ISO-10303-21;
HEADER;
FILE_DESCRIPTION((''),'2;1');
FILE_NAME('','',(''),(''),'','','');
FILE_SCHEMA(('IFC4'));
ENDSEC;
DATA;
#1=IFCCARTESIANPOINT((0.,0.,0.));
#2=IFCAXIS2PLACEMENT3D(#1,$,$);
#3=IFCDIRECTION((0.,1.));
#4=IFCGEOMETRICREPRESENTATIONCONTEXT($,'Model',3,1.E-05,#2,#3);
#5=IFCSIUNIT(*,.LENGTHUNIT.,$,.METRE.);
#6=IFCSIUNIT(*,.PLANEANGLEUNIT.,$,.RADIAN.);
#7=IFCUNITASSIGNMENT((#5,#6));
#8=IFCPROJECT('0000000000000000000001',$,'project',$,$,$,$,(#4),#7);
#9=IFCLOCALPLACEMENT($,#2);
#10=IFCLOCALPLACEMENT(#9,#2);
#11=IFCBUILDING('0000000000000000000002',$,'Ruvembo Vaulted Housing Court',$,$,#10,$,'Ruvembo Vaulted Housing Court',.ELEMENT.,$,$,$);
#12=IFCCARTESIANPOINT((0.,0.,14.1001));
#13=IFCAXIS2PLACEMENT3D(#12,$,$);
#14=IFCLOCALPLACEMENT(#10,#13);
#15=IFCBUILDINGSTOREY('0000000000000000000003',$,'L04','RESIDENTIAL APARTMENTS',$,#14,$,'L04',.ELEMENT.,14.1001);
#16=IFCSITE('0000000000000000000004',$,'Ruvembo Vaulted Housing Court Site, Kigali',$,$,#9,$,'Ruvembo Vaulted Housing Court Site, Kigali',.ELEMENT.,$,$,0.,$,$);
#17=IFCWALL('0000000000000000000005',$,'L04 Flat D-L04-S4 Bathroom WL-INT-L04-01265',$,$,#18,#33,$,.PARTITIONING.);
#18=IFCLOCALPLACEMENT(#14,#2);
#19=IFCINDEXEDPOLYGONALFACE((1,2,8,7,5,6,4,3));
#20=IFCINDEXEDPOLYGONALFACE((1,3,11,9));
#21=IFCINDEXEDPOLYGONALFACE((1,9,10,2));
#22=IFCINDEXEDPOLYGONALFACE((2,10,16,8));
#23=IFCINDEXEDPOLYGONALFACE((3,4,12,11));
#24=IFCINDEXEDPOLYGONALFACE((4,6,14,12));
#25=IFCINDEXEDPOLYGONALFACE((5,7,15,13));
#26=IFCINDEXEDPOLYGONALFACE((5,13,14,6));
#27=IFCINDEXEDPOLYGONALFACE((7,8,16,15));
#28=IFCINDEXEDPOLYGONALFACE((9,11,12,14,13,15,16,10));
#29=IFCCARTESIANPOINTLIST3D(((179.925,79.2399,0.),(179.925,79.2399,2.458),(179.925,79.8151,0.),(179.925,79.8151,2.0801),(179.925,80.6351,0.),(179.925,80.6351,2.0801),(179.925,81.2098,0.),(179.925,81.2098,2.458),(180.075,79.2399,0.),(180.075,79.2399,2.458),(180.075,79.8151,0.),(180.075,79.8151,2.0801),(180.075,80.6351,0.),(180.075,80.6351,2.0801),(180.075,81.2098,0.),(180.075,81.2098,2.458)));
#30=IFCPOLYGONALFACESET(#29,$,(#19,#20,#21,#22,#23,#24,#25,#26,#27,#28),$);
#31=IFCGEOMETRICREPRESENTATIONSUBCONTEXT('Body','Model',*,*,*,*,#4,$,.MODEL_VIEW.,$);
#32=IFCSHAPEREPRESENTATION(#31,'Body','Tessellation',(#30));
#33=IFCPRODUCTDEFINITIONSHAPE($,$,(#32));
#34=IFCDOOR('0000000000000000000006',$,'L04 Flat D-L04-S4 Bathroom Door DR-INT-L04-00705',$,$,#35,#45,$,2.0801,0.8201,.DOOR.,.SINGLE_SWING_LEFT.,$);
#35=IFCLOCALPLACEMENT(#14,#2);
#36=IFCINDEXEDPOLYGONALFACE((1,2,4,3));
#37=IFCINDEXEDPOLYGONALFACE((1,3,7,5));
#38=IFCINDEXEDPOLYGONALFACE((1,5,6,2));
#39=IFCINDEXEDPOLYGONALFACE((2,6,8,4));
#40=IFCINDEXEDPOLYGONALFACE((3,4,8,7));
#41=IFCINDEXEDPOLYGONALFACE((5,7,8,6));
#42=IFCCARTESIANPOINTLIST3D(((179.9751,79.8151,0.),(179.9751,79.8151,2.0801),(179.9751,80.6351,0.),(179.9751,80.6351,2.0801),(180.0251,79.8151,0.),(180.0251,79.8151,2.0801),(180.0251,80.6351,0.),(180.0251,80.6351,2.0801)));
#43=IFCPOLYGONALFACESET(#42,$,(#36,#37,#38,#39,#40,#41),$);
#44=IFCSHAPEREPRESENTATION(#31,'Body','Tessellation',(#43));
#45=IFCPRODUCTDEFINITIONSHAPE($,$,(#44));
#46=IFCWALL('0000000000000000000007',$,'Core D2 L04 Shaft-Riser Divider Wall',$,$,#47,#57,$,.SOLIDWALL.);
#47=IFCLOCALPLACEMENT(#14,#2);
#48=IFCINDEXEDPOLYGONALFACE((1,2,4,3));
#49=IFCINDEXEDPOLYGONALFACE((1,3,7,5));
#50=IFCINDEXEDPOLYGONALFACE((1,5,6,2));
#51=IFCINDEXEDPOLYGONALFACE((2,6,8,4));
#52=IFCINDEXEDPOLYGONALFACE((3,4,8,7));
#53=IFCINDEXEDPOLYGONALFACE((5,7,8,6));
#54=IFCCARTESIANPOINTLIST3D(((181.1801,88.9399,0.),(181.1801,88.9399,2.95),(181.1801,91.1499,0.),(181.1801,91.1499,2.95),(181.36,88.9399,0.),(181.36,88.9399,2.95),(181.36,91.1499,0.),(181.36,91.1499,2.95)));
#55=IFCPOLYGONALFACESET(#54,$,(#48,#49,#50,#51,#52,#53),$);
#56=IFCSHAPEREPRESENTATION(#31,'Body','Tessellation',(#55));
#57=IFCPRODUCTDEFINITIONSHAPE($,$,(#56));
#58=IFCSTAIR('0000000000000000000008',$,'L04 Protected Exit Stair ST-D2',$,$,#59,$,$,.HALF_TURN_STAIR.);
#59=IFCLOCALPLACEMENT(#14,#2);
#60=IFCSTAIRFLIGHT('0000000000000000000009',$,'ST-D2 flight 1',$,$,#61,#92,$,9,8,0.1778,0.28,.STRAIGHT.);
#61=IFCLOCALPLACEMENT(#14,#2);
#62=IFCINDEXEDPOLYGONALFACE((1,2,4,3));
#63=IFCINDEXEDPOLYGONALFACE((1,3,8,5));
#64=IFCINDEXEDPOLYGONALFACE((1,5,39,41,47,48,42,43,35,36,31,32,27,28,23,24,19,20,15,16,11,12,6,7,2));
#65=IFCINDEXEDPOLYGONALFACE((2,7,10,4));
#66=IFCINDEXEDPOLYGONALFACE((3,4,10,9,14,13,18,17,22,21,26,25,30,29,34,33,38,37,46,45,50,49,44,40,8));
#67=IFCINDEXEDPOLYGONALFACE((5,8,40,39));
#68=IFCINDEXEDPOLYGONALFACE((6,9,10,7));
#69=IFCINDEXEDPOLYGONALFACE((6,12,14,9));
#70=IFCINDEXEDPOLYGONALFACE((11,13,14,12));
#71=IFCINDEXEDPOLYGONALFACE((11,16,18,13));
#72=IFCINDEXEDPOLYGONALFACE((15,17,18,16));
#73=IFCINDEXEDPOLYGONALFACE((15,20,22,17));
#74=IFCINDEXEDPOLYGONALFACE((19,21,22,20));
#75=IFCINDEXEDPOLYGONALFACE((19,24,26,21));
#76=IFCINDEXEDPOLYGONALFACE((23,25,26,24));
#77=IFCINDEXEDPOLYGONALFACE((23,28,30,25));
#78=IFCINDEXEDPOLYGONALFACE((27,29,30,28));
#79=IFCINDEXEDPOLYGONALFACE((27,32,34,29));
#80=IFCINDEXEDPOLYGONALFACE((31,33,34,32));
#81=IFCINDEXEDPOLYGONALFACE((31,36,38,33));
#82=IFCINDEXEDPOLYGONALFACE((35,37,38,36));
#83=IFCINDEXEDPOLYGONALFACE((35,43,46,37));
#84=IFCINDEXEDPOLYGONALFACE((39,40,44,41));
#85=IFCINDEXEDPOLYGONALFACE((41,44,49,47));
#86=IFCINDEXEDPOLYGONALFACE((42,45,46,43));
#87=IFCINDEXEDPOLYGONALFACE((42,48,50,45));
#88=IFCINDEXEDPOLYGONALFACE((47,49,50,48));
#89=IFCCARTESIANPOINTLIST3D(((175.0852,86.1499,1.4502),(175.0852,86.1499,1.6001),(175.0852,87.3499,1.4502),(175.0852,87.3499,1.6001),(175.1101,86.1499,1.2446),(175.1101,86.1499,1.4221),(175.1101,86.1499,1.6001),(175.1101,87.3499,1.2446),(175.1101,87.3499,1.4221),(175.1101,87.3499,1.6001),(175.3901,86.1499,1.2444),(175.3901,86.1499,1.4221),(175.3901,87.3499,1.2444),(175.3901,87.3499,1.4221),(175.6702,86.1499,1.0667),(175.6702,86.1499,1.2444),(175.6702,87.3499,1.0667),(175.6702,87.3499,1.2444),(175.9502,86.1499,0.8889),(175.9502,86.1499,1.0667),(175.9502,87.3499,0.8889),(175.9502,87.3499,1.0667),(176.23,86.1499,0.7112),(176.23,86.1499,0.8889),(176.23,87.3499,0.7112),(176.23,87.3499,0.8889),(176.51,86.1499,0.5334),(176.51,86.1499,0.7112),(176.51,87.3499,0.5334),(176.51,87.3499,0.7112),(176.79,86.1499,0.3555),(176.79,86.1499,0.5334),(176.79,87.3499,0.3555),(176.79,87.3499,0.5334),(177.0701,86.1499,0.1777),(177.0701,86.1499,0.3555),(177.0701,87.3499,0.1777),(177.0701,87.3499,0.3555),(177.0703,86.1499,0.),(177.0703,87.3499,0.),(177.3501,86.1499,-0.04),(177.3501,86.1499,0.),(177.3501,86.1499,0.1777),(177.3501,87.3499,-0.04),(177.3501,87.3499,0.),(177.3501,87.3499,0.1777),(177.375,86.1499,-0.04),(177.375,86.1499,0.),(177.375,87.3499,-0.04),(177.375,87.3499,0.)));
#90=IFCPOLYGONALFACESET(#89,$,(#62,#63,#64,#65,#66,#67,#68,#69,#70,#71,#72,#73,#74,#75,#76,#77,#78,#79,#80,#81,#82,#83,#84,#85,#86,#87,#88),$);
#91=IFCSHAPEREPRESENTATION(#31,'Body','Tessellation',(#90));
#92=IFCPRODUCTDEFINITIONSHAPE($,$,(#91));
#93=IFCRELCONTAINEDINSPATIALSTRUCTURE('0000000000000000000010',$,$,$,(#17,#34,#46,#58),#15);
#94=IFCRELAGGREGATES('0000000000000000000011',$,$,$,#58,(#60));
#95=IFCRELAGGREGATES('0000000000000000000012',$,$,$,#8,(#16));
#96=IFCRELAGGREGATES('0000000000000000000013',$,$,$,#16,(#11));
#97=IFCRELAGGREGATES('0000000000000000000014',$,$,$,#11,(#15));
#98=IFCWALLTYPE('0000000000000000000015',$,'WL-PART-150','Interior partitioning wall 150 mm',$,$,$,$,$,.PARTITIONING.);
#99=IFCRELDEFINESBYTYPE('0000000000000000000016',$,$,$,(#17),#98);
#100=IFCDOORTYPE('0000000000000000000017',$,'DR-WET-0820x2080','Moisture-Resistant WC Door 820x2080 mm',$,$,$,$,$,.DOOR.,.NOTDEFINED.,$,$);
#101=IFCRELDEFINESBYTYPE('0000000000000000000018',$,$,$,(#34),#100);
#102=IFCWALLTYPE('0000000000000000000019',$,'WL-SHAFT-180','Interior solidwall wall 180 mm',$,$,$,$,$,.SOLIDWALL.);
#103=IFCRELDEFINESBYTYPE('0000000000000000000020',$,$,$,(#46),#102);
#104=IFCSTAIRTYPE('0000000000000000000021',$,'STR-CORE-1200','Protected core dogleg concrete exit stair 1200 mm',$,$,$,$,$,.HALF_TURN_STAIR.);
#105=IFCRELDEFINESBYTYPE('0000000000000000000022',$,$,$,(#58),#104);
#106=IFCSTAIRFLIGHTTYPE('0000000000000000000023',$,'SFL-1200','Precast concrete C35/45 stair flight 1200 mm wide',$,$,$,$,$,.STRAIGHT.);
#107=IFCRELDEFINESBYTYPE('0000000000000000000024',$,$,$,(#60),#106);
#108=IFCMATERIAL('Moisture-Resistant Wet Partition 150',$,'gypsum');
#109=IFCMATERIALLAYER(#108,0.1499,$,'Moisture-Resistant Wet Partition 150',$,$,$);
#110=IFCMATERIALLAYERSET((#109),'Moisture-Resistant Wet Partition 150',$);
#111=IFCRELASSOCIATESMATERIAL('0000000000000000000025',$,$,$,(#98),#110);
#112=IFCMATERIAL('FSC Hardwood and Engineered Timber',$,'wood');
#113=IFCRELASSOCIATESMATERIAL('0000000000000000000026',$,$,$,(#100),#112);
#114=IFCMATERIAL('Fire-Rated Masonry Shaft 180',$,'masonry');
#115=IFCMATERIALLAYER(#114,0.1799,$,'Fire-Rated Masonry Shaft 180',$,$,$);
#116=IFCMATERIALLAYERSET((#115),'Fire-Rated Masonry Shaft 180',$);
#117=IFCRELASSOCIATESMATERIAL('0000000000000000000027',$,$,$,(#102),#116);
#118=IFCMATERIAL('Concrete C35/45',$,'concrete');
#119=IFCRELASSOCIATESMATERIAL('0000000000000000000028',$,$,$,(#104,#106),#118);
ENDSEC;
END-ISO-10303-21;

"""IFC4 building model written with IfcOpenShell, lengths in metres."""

from ifc_helpers import new_model, si_unit, direction, frame, frame_2d, origin, place, context, subcontext, project, spatial, polyline, rectangle, outline, extrude, material, layer, layer_set, type_object, element, fill, aggregate, save


model = new_model("IFC4")

# Units and contexts
model_context = context("Model", 3, precision=1e-05, world=origin(), true_north=direction((0.0, 1.0)))
body_context = subcontext(model_context, "Body", "Model", "MODEL_VIEW")
ifc_project = project(units=[si_unit("LENGTHUNIT", "METRE"), si_unit("PLANEANGLEUNIT", "RADIAN")], contexts=[model_context])

# Site, building, storey
site_placement = place(None, origin())
site = spatial("IfcSite", under=ifc_project, at=site_placement, Name="Ruvembo Vaulted Housing Court Site, Kigali", LongName="Ruvembo Vaulted Housing Court Site, Kigali", CompositionType="ELEMENT", RefElevation=0.0)
building_placement = place(site_placement, origin())
building = spatial("IfcBuilding", under=site, at=building_placement, Name="Ruvembo Vaulted Housing Court", LongName="Ruvembo Vaulted Housing Court", CompositionType="ELEMENT")
storey_placement = place(building_placement, frame((0.0, 0.0, 14.1001)))
storey = spatial("IfcBuildingStorey", under=building, at=storey_placement, Name="L04", Description="RESIDENTIAL APARTMENTS", LongName="L04", CompositionType="ELEMENT", Elevation=14.1001)

# Shared definitions
ifc_material_1 = material(Name="Concrete C35/45", Category="concrete")

# Shared definitions
ifc_material_2 = material(Name="FSC Hardwood and Engineered Timber", Category="wood")

# Wall, opening, door
ifc_material_3 = material(Name="Moisture-Resistant Wet Partition 150", Category="gypsum")
ifc_layer_1 = layer(ifc_material_3, 0.1499, Name="Moisture-Resistant Wet Partition 150")
ifc_layer_set_1 = layer_set([ifc_layer_1], Name="Moisture-Resistant Wet Partition 150")
wall_type_1 = type_object("IfcWallType", Name="WL-PART-150", Description="Interior partitioning wall 150 mm", PredefinedType="PARTITIONING", material=ifc_layer_set_1)
wall_1_placement = place(storey_placement, frame((180.0, 79.24, 0.0), z_axis=(0.0, 0.0, 1.0), x_axis=(0.0, 1.0, 0.0)))
wall_1 = element("IfcWall", 1, at=wall_1_placement, inside=storey, type_object=wall_type_1, Name="L04 Flat D-L04-S4 Bathroom WL-INT-L04-01265", PredefinedType="PARTITIONING", context=body_context, shape_type="SweptSolid", body=[
    extrude(rectangle(XDim=1.97, YDim=0.1499, at=frame_2d((0.9849, 0.0))), origin(), (0.0, 0.0, 1.0), 2.458),
])
opening_1_placement = place(wall_1_placement, frame((0.575, 0.0, 0.0)))
opening_1 = element("IfcOpeningElement", 2, at=opening_1_placement, cuts=wall_1, PredefinedType="OPENING", context=body_context, shape_type="SweptSolid", body=[
    extrude(rectangle(XDim=0.8201, YDim=2.0801, at=frame_2d((0.4102, 1.04))), frame((0.0, 0.085, 0.0), z_axis=(0.0, -1.0, 0.0), x_axis=(1.0, 0.0, 0.0)), (0.0, 0.0, 1.0), 0.1699),
])
door_type_1 = type_object("IfcDoorType", Name="DR-WET-0820x2080", Description="Moisture-Resistant WC Door 820x2080 mm", OperationType="NOTDEFINED", PredefinedType="DOOR", material=ifc_material_2)
door_1_placement = place(opening_1_placement, origin())
door_1 = element("IfcDoor", 3, at=door_1_placement, inside=storey, type_object=door_type_1, Name="L04 Flat D-L04-S4 Bathroom Door DR-INT-L04-00705", OperationType="SINGLE_SWING_LEFT", OverallHeight=2.0801, OverallWidth=0.8201, PredefinedType="DOOR", context=body_context, shape_type="SweptSolid", body=[
    extrude(rectangle(XDim=0.8201, YDim=2.0801, at=frame_2d((0.4102, 1.04))), frame((0.0, 0.0249, 0.0), z_axis=(0.0, -1.0, 0.0), x_axis=(1.0, 0.0, 0.0)), (0.0, 0.0, 1.0), 0.05),
])
fill(opening_1, door_1)

# Shared definitions
ifc_material_4 = material(Name="Fire-Rated Masonry Shaft 180", Category="masonry")
ifc_layer_2 = layer(ifc_material_4, 0.1799, Name="Fire-Rated Masonry Shaft 180")
ifc_layer_set_2 = layer_set([ifc_layer_2], Name="Fire-Rated Masonry Shaft 180")
wall_type_2 = type_object("IfcWallType", Name="WL-SHAFT-180", Description="Interior solidwall wall 180 mm", PredefinedType="SOLIDWALL", material=ifc_layer_set_2)

# Wall
wall_2_placement = place(storey_placement, frame((181.27, 88.9399, 0.0), z_axis=(0.0, 0.0, 1.0), x_axis=(0.0, 1.0, 0.0)))
element("IfcWall", 4, at=wall_2_placement, inside=storey, type_object=wall_type_2, Name="Core D2 L04 Shaft-Riser Divider Wall", PredefinedType="SOLIDWALL", context=body_context, shape_type="SweptSolid", body=[
    extrude(rectangle(XDim=2.21, YDim=0.1799, at=frame_2d((1.105, 0.0))), origin(), (0.0, 0.0, 1.0), 2.95),
])

# Stair, stair flight
stair_type = type_object("IfcStairType", Name="STR-CORE-1200", Description="Protected core dogleg concrete exit stair 1200 mm", PredefinedType="HALF_TURN_STAIR", material=ifc_material_1)
stair_placement = place(storey_placement, origin())
stair = element("IfcStair", 5, at=stair_placement, inside=storey, type_object=stair_type, Name="L04 Protected Exit Stair ST-D2", PredefinedType="HALF_TURN_STAIR")
stair_flight_type = type_object("IfcStairFlightType", Name="SFL-1200", Description="Precast concrete C35/45 stair flight 1200 mm wide", PredefinedType="STRAIGHT", material=ifc_material_1)
stair_flight_placement = place(storey_placement, frame((177.3501, 86.75, 0.0), z_axis=(0.0, 0.0, 1.0), x_axis=(-1.0, 0.0, 0.0)))
stair_flight = element("IfcStairFlight", 6, at=stair_flight_placement, type_object=stair_flight_type, Name="ST-D2 flight 1", NumberOfRisers=9, NumberOfTreads=8, PredefinedType="STRAIGHT", RiserHeight=0.1778, TreadLength=0.28, context=body_context, shape_type="SweptSolid", body=[
    extrude(outline(polyline([(-0.0249, -0.04), (-0.0249, 0.0), (0.0, 0.0), (0.0, 0.1777), (0.28, 0.1777), (0.28, 0.3555), (0.5601, 0.3555), (0.5601, 0.5334), (0.8401, 0.5334), (0.8401, 0.7112), (1.1201, 0.7112), (1.1201, 0.8889), (1.3999, 0.8889), (1.3999, 1.0667), (1.6799, 1.0667), (1.6799, 1.2444), (1.96, 1.2444), (1.96, 1.4221), (2.24, 1.4221), (2.24, 1.6001), (2.2649, 1.6001), (2.2649, 1.4502), (2.24, 1.2446), (0.2798, 0.0), (0.0, -0.04), (-0.0249, -0.04)])), frame((0.0, 0.6001, 0.0), z_axis=(0.0, -1.0, 0.0), x_axis=(1.0, 0.0, 0.0)), (0.0, 0.0, 1.0), 1.2),
])
aggregate(stair, [stair_flight])

save(model, "model.ifc")
